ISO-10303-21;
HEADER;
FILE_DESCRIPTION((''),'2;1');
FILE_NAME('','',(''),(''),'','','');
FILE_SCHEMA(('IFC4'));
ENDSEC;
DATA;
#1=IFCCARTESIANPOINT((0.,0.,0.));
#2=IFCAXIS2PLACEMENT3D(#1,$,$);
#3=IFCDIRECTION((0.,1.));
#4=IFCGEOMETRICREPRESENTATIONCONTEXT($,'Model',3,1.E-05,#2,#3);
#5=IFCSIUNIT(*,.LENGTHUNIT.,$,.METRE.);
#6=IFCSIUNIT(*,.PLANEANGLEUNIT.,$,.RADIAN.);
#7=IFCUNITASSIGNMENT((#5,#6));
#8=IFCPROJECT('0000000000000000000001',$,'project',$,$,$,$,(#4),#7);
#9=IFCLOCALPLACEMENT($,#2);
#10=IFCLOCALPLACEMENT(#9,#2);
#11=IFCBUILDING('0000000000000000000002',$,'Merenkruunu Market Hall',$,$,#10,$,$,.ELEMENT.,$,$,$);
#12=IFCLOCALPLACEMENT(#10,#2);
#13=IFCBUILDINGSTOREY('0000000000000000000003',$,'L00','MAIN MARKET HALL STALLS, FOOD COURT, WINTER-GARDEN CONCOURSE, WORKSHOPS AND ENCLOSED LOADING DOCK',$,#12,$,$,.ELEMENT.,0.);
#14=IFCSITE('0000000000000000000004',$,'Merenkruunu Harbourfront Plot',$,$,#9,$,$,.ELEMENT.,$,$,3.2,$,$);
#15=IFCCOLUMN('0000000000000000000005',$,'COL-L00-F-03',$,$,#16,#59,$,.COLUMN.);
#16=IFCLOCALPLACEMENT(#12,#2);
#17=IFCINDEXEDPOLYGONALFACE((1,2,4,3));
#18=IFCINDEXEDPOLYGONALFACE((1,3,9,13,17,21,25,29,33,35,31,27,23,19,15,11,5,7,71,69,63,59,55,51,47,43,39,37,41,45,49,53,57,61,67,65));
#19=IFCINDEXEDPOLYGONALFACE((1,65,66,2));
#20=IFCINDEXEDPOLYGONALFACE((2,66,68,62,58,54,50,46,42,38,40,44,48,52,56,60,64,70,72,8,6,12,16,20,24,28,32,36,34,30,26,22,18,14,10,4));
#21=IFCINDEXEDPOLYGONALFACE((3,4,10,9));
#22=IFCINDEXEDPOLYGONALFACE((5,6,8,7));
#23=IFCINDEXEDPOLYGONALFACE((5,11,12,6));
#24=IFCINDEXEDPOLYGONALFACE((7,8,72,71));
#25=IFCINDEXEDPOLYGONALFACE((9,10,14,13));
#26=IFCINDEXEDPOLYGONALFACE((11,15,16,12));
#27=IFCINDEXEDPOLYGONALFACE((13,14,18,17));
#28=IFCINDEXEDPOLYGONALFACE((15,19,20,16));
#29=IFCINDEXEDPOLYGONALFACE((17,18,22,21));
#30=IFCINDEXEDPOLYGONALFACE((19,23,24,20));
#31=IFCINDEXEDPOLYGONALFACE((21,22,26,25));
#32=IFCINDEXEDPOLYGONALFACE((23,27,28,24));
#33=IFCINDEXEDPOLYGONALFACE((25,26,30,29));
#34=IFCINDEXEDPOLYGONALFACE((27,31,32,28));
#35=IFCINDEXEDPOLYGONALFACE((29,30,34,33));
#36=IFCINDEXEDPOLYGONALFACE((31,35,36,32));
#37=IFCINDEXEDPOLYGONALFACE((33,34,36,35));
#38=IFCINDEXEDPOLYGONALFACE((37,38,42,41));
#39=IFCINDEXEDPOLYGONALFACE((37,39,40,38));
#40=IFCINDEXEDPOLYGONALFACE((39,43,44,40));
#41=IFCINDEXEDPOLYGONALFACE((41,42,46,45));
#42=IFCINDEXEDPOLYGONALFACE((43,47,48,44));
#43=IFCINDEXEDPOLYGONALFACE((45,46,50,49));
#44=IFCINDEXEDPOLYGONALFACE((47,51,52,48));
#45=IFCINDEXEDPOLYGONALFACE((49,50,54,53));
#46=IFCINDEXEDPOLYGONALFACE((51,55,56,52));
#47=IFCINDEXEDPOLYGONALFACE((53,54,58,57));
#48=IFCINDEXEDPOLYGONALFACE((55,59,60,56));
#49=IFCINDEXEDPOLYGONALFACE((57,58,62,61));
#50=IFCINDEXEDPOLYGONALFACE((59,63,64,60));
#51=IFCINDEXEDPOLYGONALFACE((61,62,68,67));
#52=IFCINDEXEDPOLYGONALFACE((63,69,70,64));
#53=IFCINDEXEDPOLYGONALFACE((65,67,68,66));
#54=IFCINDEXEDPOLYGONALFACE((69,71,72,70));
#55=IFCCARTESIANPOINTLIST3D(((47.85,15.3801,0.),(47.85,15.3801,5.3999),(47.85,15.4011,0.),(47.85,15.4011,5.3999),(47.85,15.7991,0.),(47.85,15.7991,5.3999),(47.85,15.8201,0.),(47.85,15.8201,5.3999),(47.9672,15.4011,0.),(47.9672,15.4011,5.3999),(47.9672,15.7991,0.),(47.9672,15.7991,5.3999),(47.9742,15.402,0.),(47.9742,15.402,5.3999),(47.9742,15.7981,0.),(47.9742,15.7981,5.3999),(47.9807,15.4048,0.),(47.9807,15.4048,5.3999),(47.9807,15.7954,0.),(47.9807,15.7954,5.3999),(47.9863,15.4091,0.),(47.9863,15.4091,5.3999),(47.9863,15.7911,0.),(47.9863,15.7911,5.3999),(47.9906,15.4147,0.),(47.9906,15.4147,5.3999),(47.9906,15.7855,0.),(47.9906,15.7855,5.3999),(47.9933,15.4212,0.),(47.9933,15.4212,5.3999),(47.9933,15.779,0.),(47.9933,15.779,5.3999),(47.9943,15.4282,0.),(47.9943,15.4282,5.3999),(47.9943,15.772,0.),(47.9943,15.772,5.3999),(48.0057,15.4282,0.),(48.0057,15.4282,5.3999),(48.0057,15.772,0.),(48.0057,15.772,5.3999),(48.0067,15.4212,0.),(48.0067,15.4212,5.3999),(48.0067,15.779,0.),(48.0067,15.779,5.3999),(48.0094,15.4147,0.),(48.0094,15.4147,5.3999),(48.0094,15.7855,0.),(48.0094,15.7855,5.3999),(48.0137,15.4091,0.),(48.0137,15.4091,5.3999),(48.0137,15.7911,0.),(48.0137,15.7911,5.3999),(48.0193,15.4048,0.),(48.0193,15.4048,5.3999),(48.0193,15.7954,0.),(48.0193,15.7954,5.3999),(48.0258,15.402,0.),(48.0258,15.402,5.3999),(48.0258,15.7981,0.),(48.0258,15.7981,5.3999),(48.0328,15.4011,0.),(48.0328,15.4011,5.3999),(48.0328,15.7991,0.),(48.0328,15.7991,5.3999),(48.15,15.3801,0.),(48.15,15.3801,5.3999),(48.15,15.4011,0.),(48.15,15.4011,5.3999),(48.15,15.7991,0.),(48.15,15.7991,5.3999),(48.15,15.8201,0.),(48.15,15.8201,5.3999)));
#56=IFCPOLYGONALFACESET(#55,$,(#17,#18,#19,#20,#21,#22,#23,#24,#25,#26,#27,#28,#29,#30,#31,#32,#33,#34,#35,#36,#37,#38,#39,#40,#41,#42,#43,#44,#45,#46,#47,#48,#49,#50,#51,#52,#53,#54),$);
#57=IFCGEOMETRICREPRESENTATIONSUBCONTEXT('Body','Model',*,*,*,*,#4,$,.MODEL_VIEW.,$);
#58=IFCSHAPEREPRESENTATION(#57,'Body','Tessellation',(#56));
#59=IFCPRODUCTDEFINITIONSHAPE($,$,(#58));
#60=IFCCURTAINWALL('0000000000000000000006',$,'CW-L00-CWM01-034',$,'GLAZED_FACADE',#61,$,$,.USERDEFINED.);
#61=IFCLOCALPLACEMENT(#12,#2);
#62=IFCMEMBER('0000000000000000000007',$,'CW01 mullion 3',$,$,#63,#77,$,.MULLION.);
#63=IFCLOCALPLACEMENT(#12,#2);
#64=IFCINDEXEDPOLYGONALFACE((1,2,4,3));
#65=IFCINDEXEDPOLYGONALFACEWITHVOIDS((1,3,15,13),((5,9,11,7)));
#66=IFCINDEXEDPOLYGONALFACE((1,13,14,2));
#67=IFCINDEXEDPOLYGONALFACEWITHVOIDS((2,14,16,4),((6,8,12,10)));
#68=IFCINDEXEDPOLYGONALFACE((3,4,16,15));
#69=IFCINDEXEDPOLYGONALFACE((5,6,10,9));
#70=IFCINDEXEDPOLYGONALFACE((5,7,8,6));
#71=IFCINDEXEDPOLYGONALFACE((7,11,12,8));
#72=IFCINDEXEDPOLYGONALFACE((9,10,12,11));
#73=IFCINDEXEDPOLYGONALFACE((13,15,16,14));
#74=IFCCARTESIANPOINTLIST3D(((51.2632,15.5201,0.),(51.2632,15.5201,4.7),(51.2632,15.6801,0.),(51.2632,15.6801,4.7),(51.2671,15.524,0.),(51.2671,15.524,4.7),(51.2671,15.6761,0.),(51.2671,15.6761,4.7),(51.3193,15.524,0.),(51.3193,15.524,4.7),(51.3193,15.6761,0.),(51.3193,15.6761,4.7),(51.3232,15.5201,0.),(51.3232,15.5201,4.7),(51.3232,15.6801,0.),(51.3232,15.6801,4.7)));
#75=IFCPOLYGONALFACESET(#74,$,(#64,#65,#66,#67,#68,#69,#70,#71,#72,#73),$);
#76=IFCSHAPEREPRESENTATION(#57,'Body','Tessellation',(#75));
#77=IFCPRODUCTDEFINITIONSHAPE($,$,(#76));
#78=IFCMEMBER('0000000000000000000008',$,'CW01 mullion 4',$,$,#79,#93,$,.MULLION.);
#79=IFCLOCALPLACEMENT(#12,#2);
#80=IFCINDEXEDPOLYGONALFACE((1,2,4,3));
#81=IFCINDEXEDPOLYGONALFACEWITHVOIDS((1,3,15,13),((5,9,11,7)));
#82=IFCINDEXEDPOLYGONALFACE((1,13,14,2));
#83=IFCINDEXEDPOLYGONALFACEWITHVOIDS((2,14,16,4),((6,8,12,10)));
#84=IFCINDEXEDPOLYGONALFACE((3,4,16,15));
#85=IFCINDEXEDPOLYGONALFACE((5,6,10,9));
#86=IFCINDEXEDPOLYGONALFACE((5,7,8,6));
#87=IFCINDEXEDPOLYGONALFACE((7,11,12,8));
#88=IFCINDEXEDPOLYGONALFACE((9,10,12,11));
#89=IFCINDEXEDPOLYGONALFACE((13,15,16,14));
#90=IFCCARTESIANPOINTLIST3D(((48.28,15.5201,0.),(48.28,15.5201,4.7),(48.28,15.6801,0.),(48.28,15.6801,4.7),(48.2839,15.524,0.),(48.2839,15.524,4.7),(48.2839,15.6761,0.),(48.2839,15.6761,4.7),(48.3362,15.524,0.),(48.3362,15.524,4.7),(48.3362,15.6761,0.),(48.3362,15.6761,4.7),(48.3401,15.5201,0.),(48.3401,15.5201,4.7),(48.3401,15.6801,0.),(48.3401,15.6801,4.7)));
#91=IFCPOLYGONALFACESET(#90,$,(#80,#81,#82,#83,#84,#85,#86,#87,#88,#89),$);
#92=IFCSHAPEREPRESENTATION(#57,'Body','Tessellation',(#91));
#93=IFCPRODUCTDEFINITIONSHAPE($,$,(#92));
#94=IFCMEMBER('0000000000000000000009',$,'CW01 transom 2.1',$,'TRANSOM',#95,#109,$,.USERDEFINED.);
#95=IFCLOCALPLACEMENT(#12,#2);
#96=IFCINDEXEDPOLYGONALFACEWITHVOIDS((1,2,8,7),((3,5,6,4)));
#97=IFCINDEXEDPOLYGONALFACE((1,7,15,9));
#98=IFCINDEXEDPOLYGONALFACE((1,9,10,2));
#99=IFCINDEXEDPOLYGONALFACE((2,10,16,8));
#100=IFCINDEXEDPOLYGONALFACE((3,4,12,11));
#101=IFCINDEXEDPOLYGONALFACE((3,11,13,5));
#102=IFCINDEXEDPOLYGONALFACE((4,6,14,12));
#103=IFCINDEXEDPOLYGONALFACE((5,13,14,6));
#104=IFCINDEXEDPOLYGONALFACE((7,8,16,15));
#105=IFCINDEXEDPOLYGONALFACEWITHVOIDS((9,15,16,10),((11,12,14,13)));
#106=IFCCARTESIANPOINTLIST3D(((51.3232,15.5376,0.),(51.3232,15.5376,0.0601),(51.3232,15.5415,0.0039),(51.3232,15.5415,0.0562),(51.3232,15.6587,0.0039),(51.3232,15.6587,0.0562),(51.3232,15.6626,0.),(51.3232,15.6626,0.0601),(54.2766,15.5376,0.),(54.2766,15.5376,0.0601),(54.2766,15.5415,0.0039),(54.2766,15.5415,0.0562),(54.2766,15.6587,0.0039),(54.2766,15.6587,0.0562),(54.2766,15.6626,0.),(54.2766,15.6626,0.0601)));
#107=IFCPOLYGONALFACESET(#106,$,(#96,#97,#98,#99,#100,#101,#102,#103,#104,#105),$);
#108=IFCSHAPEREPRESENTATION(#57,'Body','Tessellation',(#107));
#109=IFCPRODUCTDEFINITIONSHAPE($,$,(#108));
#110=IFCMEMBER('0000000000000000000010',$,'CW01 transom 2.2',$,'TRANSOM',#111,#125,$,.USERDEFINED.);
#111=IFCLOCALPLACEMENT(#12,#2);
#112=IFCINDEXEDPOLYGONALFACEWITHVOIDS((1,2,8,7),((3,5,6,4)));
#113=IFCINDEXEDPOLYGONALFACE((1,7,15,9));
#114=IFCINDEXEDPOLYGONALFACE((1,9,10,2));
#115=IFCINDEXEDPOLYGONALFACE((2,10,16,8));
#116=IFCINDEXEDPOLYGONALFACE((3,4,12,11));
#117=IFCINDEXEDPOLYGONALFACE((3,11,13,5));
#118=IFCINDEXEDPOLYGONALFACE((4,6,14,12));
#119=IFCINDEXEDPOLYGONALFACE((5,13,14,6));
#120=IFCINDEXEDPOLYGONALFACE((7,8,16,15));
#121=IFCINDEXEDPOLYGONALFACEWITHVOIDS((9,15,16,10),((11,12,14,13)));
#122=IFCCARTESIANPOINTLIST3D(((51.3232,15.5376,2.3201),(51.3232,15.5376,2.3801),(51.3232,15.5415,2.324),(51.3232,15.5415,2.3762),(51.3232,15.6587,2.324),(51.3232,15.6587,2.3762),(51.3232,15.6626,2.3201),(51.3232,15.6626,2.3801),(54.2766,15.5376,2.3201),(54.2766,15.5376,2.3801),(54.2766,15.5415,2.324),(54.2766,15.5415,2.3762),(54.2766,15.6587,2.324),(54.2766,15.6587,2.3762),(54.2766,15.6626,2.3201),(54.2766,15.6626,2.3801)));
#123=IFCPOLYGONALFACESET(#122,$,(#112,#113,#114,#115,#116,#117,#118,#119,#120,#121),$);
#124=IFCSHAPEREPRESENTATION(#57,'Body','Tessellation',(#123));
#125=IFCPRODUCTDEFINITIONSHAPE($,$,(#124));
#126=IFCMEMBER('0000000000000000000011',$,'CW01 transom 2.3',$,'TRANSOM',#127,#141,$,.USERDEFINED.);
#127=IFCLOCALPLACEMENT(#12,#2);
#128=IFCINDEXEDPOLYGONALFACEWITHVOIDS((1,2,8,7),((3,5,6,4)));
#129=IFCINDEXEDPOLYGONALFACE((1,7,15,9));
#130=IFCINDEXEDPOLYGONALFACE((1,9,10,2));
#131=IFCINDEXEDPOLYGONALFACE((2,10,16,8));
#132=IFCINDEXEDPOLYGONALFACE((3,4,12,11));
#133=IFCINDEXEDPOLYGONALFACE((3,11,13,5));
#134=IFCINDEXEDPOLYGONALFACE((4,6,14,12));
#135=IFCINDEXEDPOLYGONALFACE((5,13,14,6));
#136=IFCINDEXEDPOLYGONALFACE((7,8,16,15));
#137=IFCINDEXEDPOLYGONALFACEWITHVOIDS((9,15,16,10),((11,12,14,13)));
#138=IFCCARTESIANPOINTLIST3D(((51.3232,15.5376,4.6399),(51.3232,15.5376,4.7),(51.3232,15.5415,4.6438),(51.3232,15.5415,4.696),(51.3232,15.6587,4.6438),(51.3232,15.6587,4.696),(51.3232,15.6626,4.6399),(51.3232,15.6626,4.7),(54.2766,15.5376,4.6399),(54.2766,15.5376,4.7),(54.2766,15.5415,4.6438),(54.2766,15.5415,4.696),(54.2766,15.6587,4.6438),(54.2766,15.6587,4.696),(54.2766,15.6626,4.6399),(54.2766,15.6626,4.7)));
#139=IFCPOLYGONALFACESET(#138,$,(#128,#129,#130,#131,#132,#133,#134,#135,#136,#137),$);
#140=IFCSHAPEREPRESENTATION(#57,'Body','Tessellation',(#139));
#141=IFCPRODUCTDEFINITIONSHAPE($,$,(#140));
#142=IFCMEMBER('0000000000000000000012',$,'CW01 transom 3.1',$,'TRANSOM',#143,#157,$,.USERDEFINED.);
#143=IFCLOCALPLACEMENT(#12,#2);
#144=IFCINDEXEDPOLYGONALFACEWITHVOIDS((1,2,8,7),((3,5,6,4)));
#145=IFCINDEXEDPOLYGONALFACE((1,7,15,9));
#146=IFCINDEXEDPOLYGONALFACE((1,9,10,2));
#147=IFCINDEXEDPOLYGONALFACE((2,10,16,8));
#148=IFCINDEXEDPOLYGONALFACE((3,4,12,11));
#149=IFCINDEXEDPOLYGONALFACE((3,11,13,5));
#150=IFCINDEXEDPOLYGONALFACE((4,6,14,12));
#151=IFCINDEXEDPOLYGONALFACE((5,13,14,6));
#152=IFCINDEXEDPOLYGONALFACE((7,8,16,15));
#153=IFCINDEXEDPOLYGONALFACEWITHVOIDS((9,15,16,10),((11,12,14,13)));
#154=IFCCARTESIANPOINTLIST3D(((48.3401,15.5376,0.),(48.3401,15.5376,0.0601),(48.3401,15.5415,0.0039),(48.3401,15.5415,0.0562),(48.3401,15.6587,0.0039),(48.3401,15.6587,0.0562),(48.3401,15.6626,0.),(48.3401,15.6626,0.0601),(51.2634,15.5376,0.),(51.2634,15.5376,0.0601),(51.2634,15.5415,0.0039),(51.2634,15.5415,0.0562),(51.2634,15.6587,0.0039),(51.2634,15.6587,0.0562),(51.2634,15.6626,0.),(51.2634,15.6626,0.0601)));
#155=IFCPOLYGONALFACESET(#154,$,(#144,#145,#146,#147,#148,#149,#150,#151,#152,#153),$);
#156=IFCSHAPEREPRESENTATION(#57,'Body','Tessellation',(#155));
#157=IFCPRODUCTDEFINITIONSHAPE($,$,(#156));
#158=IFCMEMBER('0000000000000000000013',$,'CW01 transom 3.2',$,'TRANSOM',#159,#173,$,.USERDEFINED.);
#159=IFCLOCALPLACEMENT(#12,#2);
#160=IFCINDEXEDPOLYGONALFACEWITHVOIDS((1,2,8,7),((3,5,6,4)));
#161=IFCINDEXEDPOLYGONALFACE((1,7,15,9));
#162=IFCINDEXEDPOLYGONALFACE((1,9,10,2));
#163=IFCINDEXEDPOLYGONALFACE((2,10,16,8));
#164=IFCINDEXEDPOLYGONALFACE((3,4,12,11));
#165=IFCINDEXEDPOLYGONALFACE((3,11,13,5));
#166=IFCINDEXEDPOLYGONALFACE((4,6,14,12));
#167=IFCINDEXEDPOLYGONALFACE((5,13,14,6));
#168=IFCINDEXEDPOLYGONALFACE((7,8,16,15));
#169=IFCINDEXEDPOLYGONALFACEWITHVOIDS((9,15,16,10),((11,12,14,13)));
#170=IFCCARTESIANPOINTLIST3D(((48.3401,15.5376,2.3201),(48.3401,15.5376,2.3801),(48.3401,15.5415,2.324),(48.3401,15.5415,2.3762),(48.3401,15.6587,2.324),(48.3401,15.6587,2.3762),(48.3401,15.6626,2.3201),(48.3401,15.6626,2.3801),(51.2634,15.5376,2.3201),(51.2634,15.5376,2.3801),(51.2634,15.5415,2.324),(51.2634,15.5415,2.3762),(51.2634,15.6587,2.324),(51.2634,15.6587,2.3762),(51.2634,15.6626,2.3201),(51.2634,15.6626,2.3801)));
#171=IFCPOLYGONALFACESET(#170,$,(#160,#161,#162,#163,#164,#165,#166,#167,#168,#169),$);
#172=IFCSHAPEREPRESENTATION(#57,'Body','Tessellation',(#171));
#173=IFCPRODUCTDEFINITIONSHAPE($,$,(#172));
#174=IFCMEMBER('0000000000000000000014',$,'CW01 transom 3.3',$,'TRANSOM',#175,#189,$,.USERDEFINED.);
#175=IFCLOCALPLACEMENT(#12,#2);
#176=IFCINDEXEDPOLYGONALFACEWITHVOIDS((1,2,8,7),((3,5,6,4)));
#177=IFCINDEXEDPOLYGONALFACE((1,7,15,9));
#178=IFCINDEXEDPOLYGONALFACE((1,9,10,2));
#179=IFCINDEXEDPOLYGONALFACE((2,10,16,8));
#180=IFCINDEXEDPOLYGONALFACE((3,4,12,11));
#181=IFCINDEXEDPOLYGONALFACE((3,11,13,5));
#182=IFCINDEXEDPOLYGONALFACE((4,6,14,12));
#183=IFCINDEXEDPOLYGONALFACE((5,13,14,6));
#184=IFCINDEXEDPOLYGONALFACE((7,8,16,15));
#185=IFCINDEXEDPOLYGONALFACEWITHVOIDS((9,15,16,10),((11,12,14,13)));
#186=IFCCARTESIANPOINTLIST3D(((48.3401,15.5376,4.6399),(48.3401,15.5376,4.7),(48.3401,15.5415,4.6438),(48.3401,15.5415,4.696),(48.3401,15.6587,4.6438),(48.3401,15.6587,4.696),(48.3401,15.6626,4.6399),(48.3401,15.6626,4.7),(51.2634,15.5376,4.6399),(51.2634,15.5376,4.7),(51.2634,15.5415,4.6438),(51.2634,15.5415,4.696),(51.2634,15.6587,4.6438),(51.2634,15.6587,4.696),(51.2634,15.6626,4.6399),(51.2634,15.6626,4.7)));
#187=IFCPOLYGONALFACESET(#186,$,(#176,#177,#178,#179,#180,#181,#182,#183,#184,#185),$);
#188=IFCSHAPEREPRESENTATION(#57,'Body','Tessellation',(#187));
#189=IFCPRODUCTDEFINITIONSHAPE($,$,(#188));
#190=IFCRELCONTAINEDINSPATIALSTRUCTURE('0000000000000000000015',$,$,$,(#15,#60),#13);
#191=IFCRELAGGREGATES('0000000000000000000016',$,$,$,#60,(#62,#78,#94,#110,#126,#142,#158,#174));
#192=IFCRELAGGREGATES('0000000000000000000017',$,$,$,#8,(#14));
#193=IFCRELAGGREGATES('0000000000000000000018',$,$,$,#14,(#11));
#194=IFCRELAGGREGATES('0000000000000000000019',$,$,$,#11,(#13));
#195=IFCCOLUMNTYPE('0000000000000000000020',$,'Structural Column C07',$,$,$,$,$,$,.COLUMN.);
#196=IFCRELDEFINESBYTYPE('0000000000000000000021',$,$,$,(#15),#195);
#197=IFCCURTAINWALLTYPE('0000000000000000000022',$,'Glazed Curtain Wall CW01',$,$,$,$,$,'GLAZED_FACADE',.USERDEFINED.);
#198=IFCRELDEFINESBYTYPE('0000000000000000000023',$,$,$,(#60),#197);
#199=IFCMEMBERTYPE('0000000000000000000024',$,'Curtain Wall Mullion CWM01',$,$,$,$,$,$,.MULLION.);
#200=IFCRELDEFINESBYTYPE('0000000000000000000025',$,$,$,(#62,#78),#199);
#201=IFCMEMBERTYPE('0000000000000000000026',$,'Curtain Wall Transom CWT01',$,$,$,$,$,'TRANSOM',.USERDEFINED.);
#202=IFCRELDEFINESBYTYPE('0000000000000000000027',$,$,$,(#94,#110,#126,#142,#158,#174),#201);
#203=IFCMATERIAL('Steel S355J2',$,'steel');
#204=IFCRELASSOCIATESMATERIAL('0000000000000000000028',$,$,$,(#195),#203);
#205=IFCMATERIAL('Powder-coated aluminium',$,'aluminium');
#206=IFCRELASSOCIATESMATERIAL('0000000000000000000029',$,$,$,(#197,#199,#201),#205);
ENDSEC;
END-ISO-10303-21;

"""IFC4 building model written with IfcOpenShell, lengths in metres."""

from ifc_helpers import new_model, si_unit, direction, frame, origin, origin_2d, place, context, subcontext, project, spatial, hollow_rectangle, i_section, extrude, material, material_profile, profile_set, type_object, element, aggregate, save


model = new_model("IFC4")

# Units and contexts
model_context = context("Model", 3, precision=1e-05, world=origin(), true_north=direction((0.0, 1.0)))
body_context = subcontext(model_context, "Body", "Model", "MODEL_VIEW")
ifc_project = project(units=[si_unit("LENGTHUNIT", "METRE"), si_unit("PLANEANGLEUNIT", "RADIAN")], contexts=[model_context])

# Site, building, storey
site_placement = place(None, origin())
site = spatial("IfcSite", under=ifc_project, at=site_placement, Name="Merenkruunu Harbourfront Plot", CompositionType="ELEMENT", RefElevation=3.2)
building_placement = place(site_placement, origin())
building = spatial("IfcBuilding", under=site, at=building_placement, Name="Merenkruunu Market Hall", CompositionType="ELEMENT")
storey_placement = place(building_placement, origin())
storey = spatial("IfcBuildingStorey", under=building, at=storey_placement, Name="L00", Description="MAIN MARKET HALL STALLS, FOOD COURT, WINTER-GARDEN CONCOURSE, WORKSHOPS AND ENCLOSED LOADING DOCK", CompositionType="ELEMENT", Elevation=0.0)

# Column
ifc_material_1 = material(Name="Steel S355J2", Category="steel")
ifc_material_profile_1 = material_profile(ifc_material_1, i_section(OverallWidth=0.3, OverallDepth=0.4399, WebThickness=0.0115, FlangeThickness=0.021, FilletRadius=0.0271, at=origin_2d()), Name="HEA 450")
ifc_profile_set_1 = profile_set([ifc_material_profile_1], Name="Steel S355J2")
column_type = type_object("IfcColumnType", Name="Structural Column C07", PredefinedType="COLUMN", material=ifc_profile_set_1)
column_placement = place(storey_placement, frame((48.0, 15.6001, 0.0), z_axis=(0.0, 0.0, 1.0), x_axis=(1.0, 0.0, 0.0)))
element("IfcColumn", 1, at=column_placement, inside=storey, type_object=column_type, Name="COL-L00-F-03", PredefinedType="COLUMN", context=body_context, shape_type="SweptSolid", body=[
    extrude(i_section(OverallWidth=0.3, OverallDepth=0.4399, WebThickness=0.0115, FlangeThickness=0.021, FilletRadius=0.0271, at=origin_2d()), origin(), (0.0, 0.0, 1.0), 5.3999),
])

# Curtain wall, members
ifc_material_2 = material(Name="Powder-coated aluminium", Category="aluminium")
curtain_wall_type = type_object("IfcCurtainWallType", Name="Glazed Curtain Wall CW01", ElementType="GLAZED_FACADE", PredefinedType="USERDEFINED", material=ifc_material_2)
curtain_wall_placement = place(storey_placement, origin())
curtain_wall = element("IfcCurtainWall", 2, at=curtain_wall_placement, inside=storey, type_object=curtain_wall_type, Name="CW-L00-CWM01-034", ObjectType="GLAZED_FACADE", PredefinedType="USERDEFINED")
ifc_material_profile_2 = material_profile(ifc_material_2, hollow_rectangle(XDim=0.0601, YDim=0.1599, WallThickness=0.0039, at=origin_2d()), Name="ALU 60x160x4")
ifc_profile_set_2 = profile_set([ifc_material_profile_2], Name="Powder-coated aluminium")
member_type_1 = type_object("IfcMemberType", Name="Curtain Wall Mullion CWM01", PredefinedType="MULLION", material=ifc_profile_set_2)
member_1_placement = place(storey_placement, frame((51.2932, 15.6001, 0.0), z_axis=(0.0, 0.0, 1.0), x_axis=(-1.0, 0.0, 0.0)))
member_1 = element("IfcMember", 3, at=member_1_placement, type_object=member_type_1, Name="CW01 mullion 3", PredefinedType="MULLION", context=body_context, shape_type="SweptSolid", body=[
    extrude(hollow_rectangle(XDim=0.0601, YDim=0.1599, WallThickness=0.0039, at=origin_2d()), origin(), (0.0, 0.0, 1.0), 4.7),
])
member_2_placement = place(storey_placement, frame((48.3101, 15.6001, 0.0), z_axis=(0.0, 0.0, 1.0), x_axis=(-1.0, 0.0, 0.0)))
member_2 = element("IfcMember", 4, at=member_2_placement, type_object=member_type_1, Name="CW01 mullion 4", PredefinedType="MULLION", context=body_context, shape_type="SweptSolid", body=[
    extrude(hollow_rectangle(XDim=0.0601, YDim=0.1599, WallThickness=0.0039, at=origin_2d()), origin(), (0.0, 0.0, 1.0), 4.7),
])
ifc_material_profile_3 = material_profile(ifc_material_2, hollow_rectangle(XDim=0.0601, YDim=0.125, WallThickness=0.0039, at=origin_2d()), Name="ALU 60x125x4")
ifc_profile_set_3 = profile_set([ifc_material_profile_3], Name="Powder-coated aluminium")
member_type_2 = type_object("IfcMemberType", Name="Curtain Wall Transom CWT01", ElementType="TRANSOM", PredefinedType="USERDEFINED", material=ifc_profile_set_3)
member_3_placement = place(storey_placement, frame((54.2766, 15.6001, 0.03), z_axis=(-1.0, 0.0, 0.0), x_axis=(0.0, 0.0, 1.0)))
member_3 = element("IfcMember", 5, at=member_3_placement, type_object=member_type_2, Name="CW01 transom 2.1", ObjectType="TRANSOM", PredefinedType="USERDEFINED", context=body_context, shape_type="SweptSolid", body=[
    extrude(hollow_rectangle(XDim=0.0601, YDim=0.125, WallThickness=0.0039, at=origin_2d()), origin(), (0.0, 0.0, 1.0), 2.9534),
])
member_4_placement = place(storey_placement, frame((54.2766, 15.6001, 2.3501), z_axis=(-1.0, 0.0, 0.0), x_axis=(0.0, 0.0, 1.0)))
member_4 = element("IfcMember", 6, at=member_4_placement, type_object=member_type_2, Name="CW01 transom 2.2", ObjectType="TRANSOM", PredefinedType="USERDEFINED", context=body_context, shape_type="SweptSolid", body=[
    extrude(hollow_rectangle(XDim=0.0601, YDim=0.125, WallThickness=0.0039, at=origin_2d()), origin(), (0.0, 0.0, 1.0), 2.9534),
])
member_5_placement = place(storey_placement, frame((54.2766, 15.6001, 4.6699), z_axis=(-1.0, 0.0, 0.0), x_axis=(0.0, 0.0, 1.0)))
member_5 = element("IfcMember", 7, at=member_5_placement, type_object=member_type_2, Name="CW01 transom 2.3", ObjectType="TRANSOM", PredefinedType="USERDEFINED", context=body_context, shape_type="SweptSolid", body=[
    extrude(hollow_rectangle(XDim=0.0601, YDim=0.125, WallThickness=0.0039, at=origin_2d()), origin(), (0.0, 0.0, 1.0), 2.9534),
])
member_6_placement = place(storey_placement, frame((51.2634, 15.6001, 0.03), z_axis=(-1.0, 0.0, 0.0), x_axis=(0.0, 0.0, 1.0)))
member_6 = element("IfcMember", 8, at=member_6_placement, type_object=member_type_2, Name="CW01 transom 3.1", ObjectType="TRANSOM", PredefinedType="USERDEFINED", context=body_context, shape_type="SweptSolid", body=[
    extrude(hollow_rectangle(XDim=0.0601, YDim=0.125, WallThickness=0.0039, at=origin_2d()), origin(), (0.0, 0.0, 1.0), 2.9233),
])
member_7_placement = place(storey_placement, frame((51.2634, 15.6001, 2.3501), z_axis=(-1.0, 0.0, 0.0), x_axis=(0.0, 0.0, 1.0)))
member_7 = element("IfcMember", 9, at=member_7_placement, type_object=member_type_2, Name="CW01 transom 3.2", ObjectType="TRANSOM", PredefinedType="USERDEFINED", context=body_context, shape_type="SweptSolid", body=[
    extrude(hollow_rectangle(XDim=0.0601, YDim=0.125, WallThickness=0.0039, at=origin_2d()), origin(), (0.0, 0.0, 1.0), 2.9233),
])
member_8_placement = place(storey_placement, frame((51.2634, 15.6001, 4.6699), z_axis=(-1.0, 0.0, 0.0), x_axis=(0.0, 0.0, 1.0)))
member_8 = element("IfcMember", 10, at=member_8_placement, type_object=member_type_2, Name="CW01 transom 3.3", ObjectType="TRANSOM", PredefinedType="USERDEFINED", context=body_context, shape_type="SweptSolid", body=[
    extrude(hollow_rectangle(XDim=0.0601, YDim=0.125, WallThickness=0.0039, at=origin_2d()), origin(), (0.0, 0.0, 1.0), 2.9233),
])

aggregate(curtain_wall, [member_1, member_2, member_3, member_4, member_5, member_6, member_7, member_8])

save(model, "model.ifc")
